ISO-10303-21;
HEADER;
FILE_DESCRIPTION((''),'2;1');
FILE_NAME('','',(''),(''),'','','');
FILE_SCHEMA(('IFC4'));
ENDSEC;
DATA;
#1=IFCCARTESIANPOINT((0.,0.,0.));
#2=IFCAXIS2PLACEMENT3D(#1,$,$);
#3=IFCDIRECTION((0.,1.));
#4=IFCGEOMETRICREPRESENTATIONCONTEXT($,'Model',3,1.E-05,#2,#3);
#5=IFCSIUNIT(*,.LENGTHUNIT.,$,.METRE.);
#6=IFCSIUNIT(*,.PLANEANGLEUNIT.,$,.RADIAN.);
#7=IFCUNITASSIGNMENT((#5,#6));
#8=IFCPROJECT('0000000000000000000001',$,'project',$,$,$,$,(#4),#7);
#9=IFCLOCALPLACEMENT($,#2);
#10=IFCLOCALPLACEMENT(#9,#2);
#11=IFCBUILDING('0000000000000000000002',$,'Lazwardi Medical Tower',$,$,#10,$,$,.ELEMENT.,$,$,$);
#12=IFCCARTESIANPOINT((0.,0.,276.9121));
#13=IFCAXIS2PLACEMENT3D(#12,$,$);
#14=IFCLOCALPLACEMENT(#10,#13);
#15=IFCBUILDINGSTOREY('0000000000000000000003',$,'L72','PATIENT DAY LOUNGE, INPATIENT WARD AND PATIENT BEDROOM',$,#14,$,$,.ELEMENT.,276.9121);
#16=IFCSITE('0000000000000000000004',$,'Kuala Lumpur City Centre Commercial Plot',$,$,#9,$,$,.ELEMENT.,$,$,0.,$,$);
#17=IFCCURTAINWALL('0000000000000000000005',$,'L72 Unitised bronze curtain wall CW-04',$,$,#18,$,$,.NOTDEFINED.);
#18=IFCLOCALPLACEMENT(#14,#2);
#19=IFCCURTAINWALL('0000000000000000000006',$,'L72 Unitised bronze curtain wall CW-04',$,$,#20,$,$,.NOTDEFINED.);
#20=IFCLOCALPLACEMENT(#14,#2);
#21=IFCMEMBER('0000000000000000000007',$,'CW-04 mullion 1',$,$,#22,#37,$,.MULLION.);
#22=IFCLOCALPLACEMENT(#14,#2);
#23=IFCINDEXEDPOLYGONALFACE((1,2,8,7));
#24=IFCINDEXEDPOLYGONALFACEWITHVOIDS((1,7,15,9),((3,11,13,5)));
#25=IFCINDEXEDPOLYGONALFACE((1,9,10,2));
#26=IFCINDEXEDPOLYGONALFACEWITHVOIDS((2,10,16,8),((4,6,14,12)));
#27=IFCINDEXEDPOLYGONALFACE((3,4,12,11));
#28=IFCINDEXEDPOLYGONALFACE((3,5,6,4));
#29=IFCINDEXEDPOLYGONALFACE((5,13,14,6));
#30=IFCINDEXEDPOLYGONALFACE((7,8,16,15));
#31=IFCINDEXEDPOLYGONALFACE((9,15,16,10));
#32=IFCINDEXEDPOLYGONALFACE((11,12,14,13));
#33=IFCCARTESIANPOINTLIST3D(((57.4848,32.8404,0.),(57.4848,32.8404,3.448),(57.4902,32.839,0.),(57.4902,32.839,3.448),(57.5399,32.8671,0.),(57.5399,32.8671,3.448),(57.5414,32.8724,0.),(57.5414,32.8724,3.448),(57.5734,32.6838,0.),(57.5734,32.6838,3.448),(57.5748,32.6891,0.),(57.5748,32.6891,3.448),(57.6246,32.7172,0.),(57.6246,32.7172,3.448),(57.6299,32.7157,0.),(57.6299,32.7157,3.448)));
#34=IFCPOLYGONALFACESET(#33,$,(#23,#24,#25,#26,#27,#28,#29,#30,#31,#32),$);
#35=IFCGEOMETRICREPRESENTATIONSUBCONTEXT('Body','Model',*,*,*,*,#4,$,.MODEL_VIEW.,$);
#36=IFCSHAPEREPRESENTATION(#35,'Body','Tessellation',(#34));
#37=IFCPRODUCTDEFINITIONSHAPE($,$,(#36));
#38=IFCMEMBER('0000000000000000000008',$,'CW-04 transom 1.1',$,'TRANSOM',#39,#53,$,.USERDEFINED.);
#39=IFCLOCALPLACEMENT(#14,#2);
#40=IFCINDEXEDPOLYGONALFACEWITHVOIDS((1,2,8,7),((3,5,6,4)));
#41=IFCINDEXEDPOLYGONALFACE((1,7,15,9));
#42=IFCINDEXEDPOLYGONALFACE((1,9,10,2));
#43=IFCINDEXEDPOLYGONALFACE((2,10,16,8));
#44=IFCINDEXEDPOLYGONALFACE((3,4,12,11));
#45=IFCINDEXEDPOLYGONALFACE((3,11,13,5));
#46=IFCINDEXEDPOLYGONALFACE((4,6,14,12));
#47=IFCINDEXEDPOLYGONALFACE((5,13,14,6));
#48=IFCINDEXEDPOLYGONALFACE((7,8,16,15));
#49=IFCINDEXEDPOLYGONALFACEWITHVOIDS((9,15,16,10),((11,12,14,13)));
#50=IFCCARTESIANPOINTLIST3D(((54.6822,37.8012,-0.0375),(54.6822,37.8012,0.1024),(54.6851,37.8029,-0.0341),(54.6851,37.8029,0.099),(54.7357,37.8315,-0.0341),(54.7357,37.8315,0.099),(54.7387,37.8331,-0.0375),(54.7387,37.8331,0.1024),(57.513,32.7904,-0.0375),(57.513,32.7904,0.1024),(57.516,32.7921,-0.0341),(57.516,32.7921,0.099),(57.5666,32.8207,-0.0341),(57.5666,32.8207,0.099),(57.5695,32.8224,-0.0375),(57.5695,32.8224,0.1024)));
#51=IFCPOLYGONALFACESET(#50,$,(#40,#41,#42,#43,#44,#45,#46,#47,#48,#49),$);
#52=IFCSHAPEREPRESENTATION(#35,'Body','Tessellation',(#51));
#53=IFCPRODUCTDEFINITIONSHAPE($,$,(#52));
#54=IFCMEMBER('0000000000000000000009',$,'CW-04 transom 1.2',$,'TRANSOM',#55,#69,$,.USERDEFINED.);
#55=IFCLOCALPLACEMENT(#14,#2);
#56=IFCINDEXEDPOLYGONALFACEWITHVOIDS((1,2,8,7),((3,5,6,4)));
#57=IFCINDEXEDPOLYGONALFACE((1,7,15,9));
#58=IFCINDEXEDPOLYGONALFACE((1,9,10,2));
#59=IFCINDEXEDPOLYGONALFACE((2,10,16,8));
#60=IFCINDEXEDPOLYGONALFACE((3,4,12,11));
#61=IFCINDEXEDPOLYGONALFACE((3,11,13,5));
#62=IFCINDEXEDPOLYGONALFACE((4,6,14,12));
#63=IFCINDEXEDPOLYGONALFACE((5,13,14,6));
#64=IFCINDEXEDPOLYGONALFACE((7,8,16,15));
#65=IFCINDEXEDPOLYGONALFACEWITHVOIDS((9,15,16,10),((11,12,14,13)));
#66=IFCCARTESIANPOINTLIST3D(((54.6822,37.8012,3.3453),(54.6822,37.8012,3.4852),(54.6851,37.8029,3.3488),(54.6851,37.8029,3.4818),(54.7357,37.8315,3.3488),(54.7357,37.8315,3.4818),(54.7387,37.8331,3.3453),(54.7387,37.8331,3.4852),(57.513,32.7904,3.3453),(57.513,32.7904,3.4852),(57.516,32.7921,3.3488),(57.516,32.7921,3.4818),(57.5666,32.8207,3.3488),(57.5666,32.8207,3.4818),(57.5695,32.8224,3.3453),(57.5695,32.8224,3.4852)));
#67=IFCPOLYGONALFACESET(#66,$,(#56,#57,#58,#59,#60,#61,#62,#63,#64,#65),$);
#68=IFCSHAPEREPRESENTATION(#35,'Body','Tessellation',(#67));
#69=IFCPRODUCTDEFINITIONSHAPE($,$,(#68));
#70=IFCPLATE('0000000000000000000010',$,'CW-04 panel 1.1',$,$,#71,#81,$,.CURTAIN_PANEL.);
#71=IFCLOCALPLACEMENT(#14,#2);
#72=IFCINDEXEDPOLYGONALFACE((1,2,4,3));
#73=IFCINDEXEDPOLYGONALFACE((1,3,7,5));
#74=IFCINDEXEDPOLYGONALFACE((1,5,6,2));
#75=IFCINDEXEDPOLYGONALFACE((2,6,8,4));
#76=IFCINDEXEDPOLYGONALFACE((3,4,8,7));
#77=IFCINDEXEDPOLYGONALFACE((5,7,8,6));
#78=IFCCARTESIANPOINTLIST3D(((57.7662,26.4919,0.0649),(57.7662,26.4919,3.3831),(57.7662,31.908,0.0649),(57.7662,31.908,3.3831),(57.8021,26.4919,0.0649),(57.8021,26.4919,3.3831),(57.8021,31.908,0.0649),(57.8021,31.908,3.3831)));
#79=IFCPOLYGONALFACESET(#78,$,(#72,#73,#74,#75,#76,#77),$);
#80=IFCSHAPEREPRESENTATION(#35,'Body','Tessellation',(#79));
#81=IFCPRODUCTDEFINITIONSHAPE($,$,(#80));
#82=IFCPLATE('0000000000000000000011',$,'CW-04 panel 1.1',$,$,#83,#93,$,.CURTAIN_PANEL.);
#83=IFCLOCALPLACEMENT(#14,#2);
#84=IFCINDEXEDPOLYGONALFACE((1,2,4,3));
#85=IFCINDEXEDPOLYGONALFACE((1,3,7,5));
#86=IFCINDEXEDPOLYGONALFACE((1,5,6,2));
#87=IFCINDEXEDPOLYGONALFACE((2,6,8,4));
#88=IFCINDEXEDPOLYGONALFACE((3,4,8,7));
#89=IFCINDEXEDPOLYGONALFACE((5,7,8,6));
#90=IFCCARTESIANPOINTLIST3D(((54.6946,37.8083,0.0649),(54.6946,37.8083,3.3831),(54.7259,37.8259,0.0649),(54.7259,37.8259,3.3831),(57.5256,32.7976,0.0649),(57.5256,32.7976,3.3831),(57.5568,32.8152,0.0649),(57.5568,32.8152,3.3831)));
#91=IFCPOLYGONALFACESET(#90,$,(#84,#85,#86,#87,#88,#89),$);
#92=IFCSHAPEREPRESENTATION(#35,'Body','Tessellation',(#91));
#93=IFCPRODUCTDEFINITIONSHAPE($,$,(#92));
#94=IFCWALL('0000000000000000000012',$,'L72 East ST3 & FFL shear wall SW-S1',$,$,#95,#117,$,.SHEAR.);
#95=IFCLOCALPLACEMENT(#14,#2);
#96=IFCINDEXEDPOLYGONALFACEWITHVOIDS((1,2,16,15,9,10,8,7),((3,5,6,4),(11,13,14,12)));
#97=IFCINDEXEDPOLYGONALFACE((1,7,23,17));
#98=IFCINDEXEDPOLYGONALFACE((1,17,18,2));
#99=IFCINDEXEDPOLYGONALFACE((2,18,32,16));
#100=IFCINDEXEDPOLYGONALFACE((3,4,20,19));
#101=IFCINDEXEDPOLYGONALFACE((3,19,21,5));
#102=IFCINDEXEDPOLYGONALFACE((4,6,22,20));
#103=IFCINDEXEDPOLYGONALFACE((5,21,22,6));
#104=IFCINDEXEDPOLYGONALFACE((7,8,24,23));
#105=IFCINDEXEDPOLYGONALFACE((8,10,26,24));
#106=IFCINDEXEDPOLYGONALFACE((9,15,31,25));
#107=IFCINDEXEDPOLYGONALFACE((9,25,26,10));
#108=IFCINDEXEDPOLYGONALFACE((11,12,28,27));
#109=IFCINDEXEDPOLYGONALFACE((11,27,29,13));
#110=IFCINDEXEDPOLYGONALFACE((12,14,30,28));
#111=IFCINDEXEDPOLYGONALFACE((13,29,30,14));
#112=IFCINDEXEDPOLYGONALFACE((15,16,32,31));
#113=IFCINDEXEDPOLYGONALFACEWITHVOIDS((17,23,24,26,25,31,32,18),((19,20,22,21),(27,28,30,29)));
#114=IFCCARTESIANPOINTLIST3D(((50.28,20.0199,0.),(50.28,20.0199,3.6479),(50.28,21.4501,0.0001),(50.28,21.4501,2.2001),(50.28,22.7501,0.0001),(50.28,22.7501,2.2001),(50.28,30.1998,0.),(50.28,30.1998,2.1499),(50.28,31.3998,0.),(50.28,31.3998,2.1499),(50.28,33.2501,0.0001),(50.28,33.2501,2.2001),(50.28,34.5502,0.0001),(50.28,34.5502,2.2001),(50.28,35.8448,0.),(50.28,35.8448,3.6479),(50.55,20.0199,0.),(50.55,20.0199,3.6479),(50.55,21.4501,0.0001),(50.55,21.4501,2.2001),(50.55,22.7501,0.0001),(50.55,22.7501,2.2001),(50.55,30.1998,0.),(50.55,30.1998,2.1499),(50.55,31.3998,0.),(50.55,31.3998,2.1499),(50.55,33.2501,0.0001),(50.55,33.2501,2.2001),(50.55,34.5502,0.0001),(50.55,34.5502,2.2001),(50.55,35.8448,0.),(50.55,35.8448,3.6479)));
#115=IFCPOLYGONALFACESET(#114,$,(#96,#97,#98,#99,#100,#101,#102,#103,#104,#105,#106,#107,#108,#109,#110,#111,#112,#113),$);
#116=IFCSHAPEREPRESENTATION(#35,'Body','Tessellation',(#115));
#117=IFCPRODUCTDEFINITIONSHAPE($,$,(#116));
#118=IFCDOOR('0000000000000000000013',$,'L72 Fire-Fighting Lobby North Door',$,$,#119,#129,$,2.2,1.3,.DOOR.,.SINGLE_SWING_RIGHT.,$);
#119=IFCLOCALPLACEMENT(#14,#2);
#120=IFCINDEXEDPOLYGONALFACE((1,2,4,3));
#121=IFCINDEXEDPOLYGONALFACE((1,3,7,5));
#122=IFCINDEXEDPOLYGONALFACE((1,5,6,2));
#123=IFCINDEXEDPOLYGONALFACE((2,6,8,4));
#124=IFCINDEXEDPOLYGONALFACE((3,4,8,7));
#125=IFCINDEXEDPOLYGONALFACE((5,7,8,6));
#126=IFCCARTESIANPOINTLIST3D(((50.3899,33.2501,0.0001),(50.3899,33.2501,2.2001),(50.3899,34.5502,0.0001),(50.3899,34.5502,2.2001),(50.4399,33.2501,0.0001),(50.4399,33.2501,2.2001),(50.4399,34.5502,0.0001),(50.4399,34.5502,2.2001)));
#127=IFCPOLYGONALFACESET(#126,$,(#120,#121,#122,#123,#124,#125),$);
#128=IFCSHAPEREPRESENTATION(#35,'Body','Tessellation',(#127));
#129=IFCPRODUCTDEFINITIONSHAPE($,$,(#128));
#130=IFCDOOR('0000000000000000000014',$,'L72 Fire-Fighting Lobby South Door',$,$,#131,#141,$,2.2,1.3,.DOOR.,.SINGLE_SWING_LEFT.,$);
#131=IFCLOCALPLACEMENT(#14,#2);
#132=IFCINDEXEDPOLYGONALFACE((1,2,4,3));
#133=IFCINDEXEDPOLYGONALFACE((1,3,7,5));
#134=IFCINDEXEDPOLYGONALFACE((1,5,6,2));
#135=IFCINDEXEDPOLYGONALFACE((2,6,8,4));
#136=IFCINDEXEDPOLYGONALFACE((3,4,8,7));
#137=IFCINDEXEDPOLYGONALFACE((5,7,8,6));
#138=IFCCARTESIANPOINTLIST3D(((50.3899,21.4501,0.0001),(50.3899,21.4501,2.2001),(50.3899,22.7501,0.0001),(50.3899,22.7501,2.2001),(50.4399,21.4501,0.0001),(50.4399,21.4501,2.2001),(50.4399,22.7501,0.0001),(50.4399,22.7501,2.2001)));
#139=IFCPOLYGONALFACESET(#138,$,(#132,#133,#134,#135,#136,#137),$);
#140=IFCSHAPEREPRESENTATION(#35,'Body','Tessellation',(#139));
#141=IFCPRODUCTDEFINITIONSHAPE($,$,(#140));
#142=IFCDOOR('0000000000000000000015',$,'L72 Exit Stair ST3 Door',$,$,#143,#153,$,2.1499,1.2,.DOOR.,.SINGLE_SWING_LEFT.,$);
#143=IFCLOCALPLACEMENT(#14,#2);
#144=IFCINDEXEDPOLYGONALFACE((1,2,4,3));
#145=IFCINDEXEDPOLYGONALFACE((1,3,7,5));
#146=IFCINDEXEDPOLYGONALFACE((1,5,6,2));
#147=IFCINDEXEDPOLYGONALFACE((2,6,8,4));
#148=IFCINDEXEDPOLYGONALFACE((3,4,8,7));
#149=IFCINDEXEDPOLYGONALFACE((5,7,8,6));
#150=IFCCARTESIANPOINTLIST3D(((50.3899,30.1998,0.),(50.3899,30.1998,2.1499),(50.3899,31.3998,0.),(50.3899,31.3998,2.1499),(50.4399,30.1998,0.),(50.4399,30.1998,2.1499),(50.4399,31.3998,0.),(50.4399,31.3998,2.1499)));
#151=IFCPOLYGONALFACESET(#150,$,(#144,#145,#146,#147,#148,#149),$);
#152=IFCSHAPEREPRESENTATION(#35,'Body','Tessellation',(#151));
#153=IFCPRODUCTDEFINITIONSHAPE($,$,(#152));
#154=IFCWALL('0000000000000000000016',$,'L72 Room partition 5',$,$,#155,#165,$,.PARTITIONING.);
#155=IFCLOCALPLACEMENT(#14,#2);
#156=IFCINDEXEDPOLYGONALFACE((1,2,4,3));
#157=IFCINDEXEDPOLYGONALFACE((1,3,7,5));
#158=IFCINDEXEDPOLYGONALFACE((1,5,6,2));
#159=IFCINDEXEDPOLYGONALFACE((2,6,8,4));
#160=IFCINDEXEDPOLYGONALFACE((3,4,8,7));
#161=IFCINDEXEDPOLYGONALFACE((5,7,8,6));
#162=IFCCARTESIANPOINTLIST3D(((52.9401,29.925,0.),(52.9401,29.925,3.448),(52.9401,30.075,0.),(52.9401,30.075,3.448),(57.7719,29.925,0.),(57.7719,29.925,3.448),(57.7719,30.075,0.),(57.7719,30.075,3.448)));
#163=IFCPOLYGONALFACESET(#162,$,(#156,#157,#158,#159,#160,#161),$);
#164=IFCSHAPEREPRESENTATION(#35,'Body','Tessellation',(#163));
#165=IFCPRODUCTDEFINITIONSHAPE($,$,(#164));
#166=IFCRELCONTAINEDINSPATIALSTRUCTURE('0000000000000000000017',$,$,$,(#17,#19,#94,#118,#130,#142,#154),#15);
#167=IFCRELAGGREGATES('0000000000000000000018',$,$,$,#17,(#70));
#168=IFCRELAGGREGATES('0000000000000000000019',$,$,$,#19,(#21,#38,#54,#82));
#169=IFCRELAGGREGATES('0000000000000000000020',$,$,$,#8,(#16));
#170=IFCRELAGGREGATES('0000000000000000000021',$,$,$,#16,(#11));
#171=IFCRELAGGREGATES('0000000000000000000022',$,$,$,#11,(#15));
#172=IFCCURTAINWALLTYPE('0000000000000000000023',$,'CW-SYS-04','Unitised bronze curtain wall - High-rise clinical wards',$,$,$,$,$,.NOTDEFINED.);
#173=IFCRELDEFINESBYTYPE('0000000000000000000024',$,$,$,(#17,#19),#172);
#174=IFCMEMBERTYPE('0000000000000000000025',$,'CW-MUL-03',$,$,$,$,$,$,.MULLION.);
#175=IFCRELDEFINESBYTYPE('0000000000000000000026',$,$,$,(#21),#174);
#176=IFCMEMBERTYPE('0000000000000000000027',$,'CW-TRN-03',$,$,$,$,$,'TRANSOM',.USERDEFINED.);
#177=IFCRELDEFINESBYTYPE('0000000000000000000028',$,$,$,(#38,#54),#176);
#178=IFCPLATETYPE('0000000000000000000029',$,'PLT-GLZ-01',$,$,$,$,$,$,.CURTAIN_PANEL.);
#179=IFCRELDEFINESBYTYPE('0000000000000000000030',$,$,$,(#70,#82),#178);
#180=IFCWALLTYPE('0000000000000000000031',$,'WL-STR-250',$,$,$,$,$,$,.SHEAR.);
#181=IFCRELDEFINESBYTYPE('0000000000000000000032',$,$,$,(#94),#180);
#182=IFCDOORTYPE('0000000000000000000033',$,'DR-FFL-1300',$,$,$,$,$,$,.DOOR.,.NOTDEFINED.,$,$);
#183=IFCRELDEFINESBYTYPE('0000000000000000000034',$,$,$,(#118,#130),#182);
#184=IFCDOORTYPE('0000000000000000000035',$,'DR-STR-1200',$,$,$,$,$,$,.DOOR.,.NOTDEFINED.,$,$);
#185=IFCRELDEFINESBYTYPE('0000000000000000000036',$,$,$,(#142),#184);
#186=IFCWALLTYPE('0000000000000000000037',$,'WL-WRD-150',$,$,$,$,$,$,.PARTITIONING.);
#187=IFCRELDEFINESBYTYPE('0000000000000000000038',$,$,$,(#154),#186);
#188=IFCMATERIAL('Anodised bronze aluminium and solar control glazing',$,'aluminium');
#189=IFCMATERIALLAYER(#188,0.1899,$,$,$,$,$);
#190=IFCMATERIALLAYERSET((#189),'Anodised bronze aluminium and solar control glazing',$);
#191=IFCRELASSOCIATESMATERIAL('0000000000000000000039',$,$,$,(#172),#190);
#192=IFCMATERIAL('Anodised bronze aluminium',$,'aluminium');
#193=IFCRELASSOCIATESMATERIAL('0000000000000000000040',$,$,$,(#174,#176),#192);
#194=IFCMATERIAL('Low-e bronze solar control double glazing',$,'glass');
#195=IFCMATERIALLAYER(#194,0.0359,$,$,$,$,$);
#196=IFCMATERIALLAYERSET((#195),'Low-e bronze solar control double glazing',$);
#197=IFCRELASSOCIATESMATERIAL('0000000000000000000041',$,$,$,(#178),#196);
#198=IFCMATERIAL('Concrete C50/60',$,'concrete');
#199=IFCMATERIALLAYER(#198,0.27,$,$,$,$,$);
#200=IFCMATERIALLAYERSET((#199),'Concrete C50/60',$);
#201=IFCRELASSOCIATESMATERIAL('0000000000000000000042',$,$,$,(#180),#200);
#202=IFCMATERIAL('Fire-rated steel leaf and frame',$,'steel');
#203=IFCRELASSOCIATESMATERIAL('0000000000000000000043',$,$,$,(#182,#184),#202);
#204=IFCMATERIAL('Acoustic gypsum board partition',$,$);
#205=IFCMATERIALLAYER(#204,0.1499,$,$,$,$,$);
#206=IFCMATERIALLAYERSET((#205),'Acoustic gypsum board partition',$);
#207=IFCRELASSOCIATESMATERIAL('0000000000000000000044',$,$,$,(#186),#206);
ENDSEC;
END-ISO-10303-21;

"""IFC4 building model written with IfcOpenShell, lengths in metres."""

from ifc_helpers import new_model, si_unit, direction, frame, frame_2d, origin, origin_2d, place, context, subcontext, project, spatial, rectangle, hollow_rectangle, extrude, material, layer, layer_set, material_profile, profile_set, type_object, element, fill, aggregate, save


model = new_model("IFC4")

# Units and contexts
model_context = context("Model", 3, precision=1e-05, world=origin(), true_north=direction((0.0, 1.0)))
body_context = subcontext(model_context, "Body", "Model", "MODEL_VIEW")
ifc_project = project(units=[si_unit("LENGTHUNIT", "METRE"), si_unit("PLANEANGLEUNIT", "RADIAN")], contexts=[model_context])

# Site, building, storey
site_placement = place(None, origin())
site = spatial("IfcSite", under=ifc_project, at=site_placement, Name="Kuala Lumpur City Centre Commercial Plot", CompositionType="ELEMENT", RefElevation=0.0)
building_placement = place(site_placement, origin())
building = spatial("IfcBuilding", under=site, at=building_placement, Name="Lazwardi Medical Tower", CompositionType="ELEMENT")
storey_placement = place(building_placement, frame((0.0, 0.0, 276.9121)))
storey = spatial("IfcBuildingStorey", under=building, at=storey_placement, Name="L72", Description="PATIENT DAY LOUNGE, INPATIENT WARD AND PATIENT BEDROOM", CompositionType="ELEMENT", Elevation=276.9121)

# Curtain wall
ifc_material_1 = material(Name="Anodised bronze aluminium and solar control glazing", Category="aluminium")
ifc_layer_1 = layer(ifc_material_1, 0.1899)
ifc_layer_set_1 = layer_set([ifc_layer_1], Name="Anodised bronze aluminium and solar control glazing")
curtain_wall_type = type_object("IfcCurtainWallType", Name="CW-SYS-04", Description="Unitised bronze curtain wall - High-rise clinical wards", PredefinedType="NOTDEFINED", material=ifc_layer_set_1)
curtain_wall_1_placement = place(storey_placement, origin())
curtain_wall_1 = element("IfcCurtainWall", 1, at=curtain_wall_1_placement, inside=storey, type_object=curtain_wall_type, Name="L72 Unitised bronze curtain wall CW-04", PredefinedType="NOTDEFINED")
ifc_material_2 = material(Name="Anodised bronze aluminium", Category="aluminium")
ifc_material_profile_1 = material_profile(ifc_material_2, hollow_rectangle(XDim=0.0649, YDim=0.1799, WallThickness=0.0039, at=origin_2d()), Name="ALU-MULLION 180x65x4")
ifc_profile_set_1 = profile_set([ifc_material_profile_1], Name="Anodised bronze aluminium")
member_type_1 = type_object("IfcMemberType", Name="CW-MUL-03", PredefinedType="MULLION", material=ifc_profile_set_1)

# Curtain wall, members
curtain_wall_2_placement = place(storey_placement, origin())
curtain_wall_2 = element("IfcCurtainWall", 2, at=curtain_wall_2_placement, inside=storey, type_object=curtain_wall_type, Name="L72 Unitised bronze curtain wall CW-04", PredefinedType="NOTDEFINED")
member_1_placement = place(storey_placement, frame((57.5574, 32.7781, 0.0), z_axis=(0.0, 0.0, 1.0), x_axis=(-0.870651, -0.4919, 0.0)))
member_1 = element("IfcMember", 3, at=member_1_placement, type_object=member_type_1, Name="CW-04 mullion 1", PredefinedType="MULLION", context=body_context, shape_type="SweptSolid", body=[
    extrude(hollow_rectangle(XDim=0.0649, YDim=0.1799, WallThickness=0.0039, at=origin_2d()), origin(), (0.0, 0.0, 1.0), 3.448),
])
ifc_material_profile_2 = material_profile(ifc_material_2, hollow_rectangle(XDim=0.0649, YDim=0.1399, WallThickness=0.0034, at=origin_2d()), Name="ALU-TRANSOM 140x65x3.5")
ifc_profile_set_2 = profile_set([ifc_material_profile_2], Name="Anodised bronze aluminium")
member_type_2 = type_object("IfcMemberType", Name="CW-TRN-03", ElementType="TRANSOM", PredefinedType="USERDEFINED", material=ifc_profile_set_2)
member_2_placement = place(storey_placement, frame((57.5413, 32.8064, 0.0325), z_axis=(-0.49188, 0.870663, 0.0), x_axis=(-0.870663, -0.49188, 0.0)))
member_2 = element("IfcMember", 4, at=member_2_placement, type_object=member_type_2, Name="CW-04 transom 1.1", ObjectType="TRANSOM", PredefinedType="USERDEFINED", context=body_context, shape_type="SweptSolid", body=[
    extrude(hollow_rectangle(XDim=0.0649, YDim=0.1399, WallThickness=0.0034, at=origin_2d()), origin(), (0.0, 0.0, 1.0), 5.7551),
])
member_3_placement = place(storey_placement, frame((57.5413, 32.8064, 3.4153), z_axis=(-0.49188, 0.870663, 0.0), x_axis=(-0.870663, -0.49188, 0.0)))
member_3 = element("IfcMember", 5, at=member_3_placement, type_object=member_type_2, Name="CW-04 transom 1.2", ObjectType="TRANSOM", PredefinedType="USERDEFINED", context=body_context, shape_type="SweptSolid", body=[
    extrude(hollow_rectangle(XDim=0.0649, YDim=0.1399, WallThickness=0.0034, at=origin_2d()), origin(), (0.0, 0.0, 1.0), 5.7551),
])

# Plates
ifc_material_3 = material(Name="Low-e bronze solar control double glazing", Category="glass")
ifc_layer_2 = layer(ifc_material_3, 0.0359)
ifc_layer_set_2 = layer_set([ifc_layer_2], Name="Low-e bronze solar control double glazing")
plate_type = type_object("IfcPlateType", Name="PLT-GLZ-01", PredefinedType="CURTAIN_PANEL", material=ifc_layer_set_2)
plate_1_placement = place(storey_placement, frame((57.7842, 29.2, 0.0649), z_axis=(0.0, 0.0, 1.0), x_axis=(0.0, 1.0, 0.0)))
plate_1 = element("IfcPlate", 6, at=plate_1_placement, type_object=plate_type, Name="CW-04 panel 1.1", PredefinedType="CURTAIN_PANEL", context=body_context, shape_type="SweptSolid", body=[
    extrude(rectangle(XDim=5.416, YDim=0.0359, at=origin_2d()), origin(), (0.0, 0.0, 1.0), 3.3181),
])
aggregate(curtain_wall_1, [plate_1])
plate_2_placement = place(storey_placement, frame((56.1257, 35.3118, 0.0649), z_axis=(0.0, 0.0, 1.0), x_axis=(-0.4919, 0.870651, 0.0)))
plate_2 = element("IfcPlate", 7, at=plate_2_placement, type_object=plate_type, Name="CW-04 panel 1.1", PredefinedType="CURTAIN_PANEL", context=body_context, shape_type="SweptSolid", body=[
    extrude(rectangle(XDim=5.7551, YDim=0.0359, at=origin_2d()), origin(), (0.0, 0.0, 1.0), 3.3181),
])
aggregate(curtain_wall_2, [member_1, member_2, member_3, plate_2])

# Wall, openings, doors
ifc_material_4 = material(Name="Concrete C50/60", Category="concrete")
ifc_layer_3 = layer(ifc_material_4, 0.27)
ifc_layer_set_3 = layer_set([ifc_layer_3], Name="Concrete C50/60")
wall_type_1 = type_object("IfcWallType", Name="WL-STR-250", PredefinedType="SHEAR", material=ifc_layer_set_3)
wall_1_placement = place(storey_placement, frame((50.415, 35.845, 0.0), z_axis=(0.0, 0.0, 1.0), x_axis=(0.0, -1.0, 0.0)))
wall_1 = element("IfcWall", 8, at=wall_1_placement, inside=storey, type_object=wall_type_1, Name="L72 East ST3 & FFL shear wall SW-S1", PredefinedType="SHEAR", context=body_context, shape_type="SweptSolid", body=[
    extrude(rectangle(XDim=15.825, YDim=0.27, at=frame_2d((7.9126, 0.0))), origin(), (0.0, 0.0, 1.0), 3.6479),
])
opening_1_placement = place(wall_1_placement, frame((4.4451, 0.0, 0.0)))
opening_1 = element("IfcOpeningElement", 9, at=opening_1_placement, cuts=wall_1, PredefinedType="OPENING", context=body_context, shape_type="SweptSolid", body=[
    extrude(rectangle(XDim=1.2, YDim=2.1499, at=frame_2d((0.6001, 1.075))), frame((0.0, 0.145, 0.0), z_axis=(0.0, -1.0, 0.0), x_axis=(1.0, 0.0, 0.0)), (0.0, 0.0, 1.0), 0.29),
])
opening_2_placement = place(wall_1_placement, frame((1.2949, 0.0, 0.0)))
opening_2 = element("IfcOpeningElement", 10, at=opening_2_placement, cuts=wall_1, PredefinedType="OPENING", context=body_context, shape_type="SweptSolid", body=[
    extrude(rectangle(XDim=1.3, YDim=2.2, at=frame_2d((0.6499, 1.1001))), frame((0.0, 0.145, 0.0), z_axis=(0.0, -1.0, 0.0), x_axis=(1.0, 0.0, 0.0)), (0.0, 0.0, 1.0), 0.29),
])
opening_3_placement = place(wall_1_placement, frame((13.095, 0.0, 0.0)))
opening_3 = element("IfcOpeningElement", 11, at=opening_3_placement, cuts=wall_1, PredefinedType="OPENING", context=body_context, shape_type="SweptSolid", body=[
    extrude(rectangle(XDim=1.3, YDim=2.2, at=frame_2d((0.6499, 1.1001))), frame((0.0, 0.145, 0.0), z_axis=(0.0, -1.0, 0.0), x_axis=(1.0, 0.0, 0.0)), (0.0, 0.0, 1.0), 0.29),
])
ifc_material_5 = material(Name="Fire-rated steel leaf and frame", Category="steel")
door_type_1 = type_object("IfcDoorType", Name="DR-FFL-1300", OperationType="NOTDEFINED", PredefinedType="DOOR", material=ifc_material_5)
door_1_placement = place(opening_2_placement, origin())
door_1 = element("IfcDoor", 12, at=door_1_placement, inside=storey, type_object=door_type_1, Name="L72 Fire-Fighting Lobby North Door", OperationType="SINGLE_SWING_RIGHT", OverallHeight=2.2, OverallWidth=1.3, PredefinedType="DOOR", context=body_context, shape_type="SweptSolid", body=[
    extrude(rectangle(XDim=1.3, YDim=2.2, at=frame_2d((0.6499, 1.1001))), frame((0.0, 0.0249, 0.0), z_axis=(0.0, -1.0, 0.0), x_axis=(1.0, 0.0, 0.0)), (0.0, 0.0, 1.0), 0.05),
])
fill(opening_2, door_1)
door_2_placement = place(opening_3_placement, origin())
door_2 = element("IfcDoor", 13, at=door_2_placement, inside=storey, type_object=door_type_1, Name="L72 Fire-Fighting Lobby South Door", OperationType="SINGLE_SWING_LEFT", OverallHeight=2.2, OverallWidth=1.3, PredefinedType="DOOR", context=body_context, shape_type="SweptSolid", body=[
    extrude(rectangle(XDim=1.3, YDim=2.2, at=frame_2d((0.6499, 1.1001))), frame((0.0, 0.0249, 0.0), z_axis=(0.0, -1.0, 0.0), x_axis=(1.0, 0.0, 0.0)), (0.0, 0.0, 1.0), 0.05),
])
fill(opening_3, door_2)
door_type_2 = type_object("IfcDoorType", Name="DR-STR-1200", OperationType="NOTDEFINED", PredefinedType="DOOR", material=ifc_material_5)
door_3_placement = place(opening_1_placement, origin())
door_3 = element("IfcDoor", 14, at=door_3_placement, inside=storey, type_object=door_type_2, Name="L72 Exit Stair ST3 Door", OperationType="SINGLE_SWING_LEFT", OverallHeight=2.1499, OverallWidth=1.2, PredefinedType="DOOR", context=body_context, shape_type="SweptSolid", body=[
    extrude(rectangle(XDim=1.2, YDim=2.1499, at=frame_2d((0.6001, 1.075))), frame((0.0, 0.0249, 0.0), z_axis=(0.0, -1.0, 0.0), x_axis=(1.0, 0.0, 0.0)), (0.0, 0.0, 1.0), 0.05),
])
fill(opening_1, door_3)

# Wall
ifc_material_6 = material(Name="Acoustic gypsum board partition")
ifc_layer_4 = layer(ifc_material_6, 0.1499)
ifc_layer_set_4 = layer_set([ifc_layer_4], Name="Acoustic gypsum board partition")
wall_type_2 = type_object("IfcWallType", Name="WL-WRD-150", PredefinedType="PARTITIONING", material=ifc_layer_set_4)
wall_2_placement = place(storey_placement, frame((52.9399, 30.0, 0.0), z_axis=(0.0, 0.0, 1.0), x_axis=(1.0, 0.0, 0.0)))
element("IfcWall", 15, at=wall_2_placement, inside=storey, type_object=wall_type_2, Name="L72 Room partition 5", PredefinedType="PARTITIONING", context=body_context, shape_type="SweptSolid", body=[
    extrude(rectangle(XDim=4.8318, YDim=0.1499, at=frame_2d((2.416, 0.0))), origin(), (0.0, 0.0, 1.0), 3.448),
])

save(model, "model.ifc")
